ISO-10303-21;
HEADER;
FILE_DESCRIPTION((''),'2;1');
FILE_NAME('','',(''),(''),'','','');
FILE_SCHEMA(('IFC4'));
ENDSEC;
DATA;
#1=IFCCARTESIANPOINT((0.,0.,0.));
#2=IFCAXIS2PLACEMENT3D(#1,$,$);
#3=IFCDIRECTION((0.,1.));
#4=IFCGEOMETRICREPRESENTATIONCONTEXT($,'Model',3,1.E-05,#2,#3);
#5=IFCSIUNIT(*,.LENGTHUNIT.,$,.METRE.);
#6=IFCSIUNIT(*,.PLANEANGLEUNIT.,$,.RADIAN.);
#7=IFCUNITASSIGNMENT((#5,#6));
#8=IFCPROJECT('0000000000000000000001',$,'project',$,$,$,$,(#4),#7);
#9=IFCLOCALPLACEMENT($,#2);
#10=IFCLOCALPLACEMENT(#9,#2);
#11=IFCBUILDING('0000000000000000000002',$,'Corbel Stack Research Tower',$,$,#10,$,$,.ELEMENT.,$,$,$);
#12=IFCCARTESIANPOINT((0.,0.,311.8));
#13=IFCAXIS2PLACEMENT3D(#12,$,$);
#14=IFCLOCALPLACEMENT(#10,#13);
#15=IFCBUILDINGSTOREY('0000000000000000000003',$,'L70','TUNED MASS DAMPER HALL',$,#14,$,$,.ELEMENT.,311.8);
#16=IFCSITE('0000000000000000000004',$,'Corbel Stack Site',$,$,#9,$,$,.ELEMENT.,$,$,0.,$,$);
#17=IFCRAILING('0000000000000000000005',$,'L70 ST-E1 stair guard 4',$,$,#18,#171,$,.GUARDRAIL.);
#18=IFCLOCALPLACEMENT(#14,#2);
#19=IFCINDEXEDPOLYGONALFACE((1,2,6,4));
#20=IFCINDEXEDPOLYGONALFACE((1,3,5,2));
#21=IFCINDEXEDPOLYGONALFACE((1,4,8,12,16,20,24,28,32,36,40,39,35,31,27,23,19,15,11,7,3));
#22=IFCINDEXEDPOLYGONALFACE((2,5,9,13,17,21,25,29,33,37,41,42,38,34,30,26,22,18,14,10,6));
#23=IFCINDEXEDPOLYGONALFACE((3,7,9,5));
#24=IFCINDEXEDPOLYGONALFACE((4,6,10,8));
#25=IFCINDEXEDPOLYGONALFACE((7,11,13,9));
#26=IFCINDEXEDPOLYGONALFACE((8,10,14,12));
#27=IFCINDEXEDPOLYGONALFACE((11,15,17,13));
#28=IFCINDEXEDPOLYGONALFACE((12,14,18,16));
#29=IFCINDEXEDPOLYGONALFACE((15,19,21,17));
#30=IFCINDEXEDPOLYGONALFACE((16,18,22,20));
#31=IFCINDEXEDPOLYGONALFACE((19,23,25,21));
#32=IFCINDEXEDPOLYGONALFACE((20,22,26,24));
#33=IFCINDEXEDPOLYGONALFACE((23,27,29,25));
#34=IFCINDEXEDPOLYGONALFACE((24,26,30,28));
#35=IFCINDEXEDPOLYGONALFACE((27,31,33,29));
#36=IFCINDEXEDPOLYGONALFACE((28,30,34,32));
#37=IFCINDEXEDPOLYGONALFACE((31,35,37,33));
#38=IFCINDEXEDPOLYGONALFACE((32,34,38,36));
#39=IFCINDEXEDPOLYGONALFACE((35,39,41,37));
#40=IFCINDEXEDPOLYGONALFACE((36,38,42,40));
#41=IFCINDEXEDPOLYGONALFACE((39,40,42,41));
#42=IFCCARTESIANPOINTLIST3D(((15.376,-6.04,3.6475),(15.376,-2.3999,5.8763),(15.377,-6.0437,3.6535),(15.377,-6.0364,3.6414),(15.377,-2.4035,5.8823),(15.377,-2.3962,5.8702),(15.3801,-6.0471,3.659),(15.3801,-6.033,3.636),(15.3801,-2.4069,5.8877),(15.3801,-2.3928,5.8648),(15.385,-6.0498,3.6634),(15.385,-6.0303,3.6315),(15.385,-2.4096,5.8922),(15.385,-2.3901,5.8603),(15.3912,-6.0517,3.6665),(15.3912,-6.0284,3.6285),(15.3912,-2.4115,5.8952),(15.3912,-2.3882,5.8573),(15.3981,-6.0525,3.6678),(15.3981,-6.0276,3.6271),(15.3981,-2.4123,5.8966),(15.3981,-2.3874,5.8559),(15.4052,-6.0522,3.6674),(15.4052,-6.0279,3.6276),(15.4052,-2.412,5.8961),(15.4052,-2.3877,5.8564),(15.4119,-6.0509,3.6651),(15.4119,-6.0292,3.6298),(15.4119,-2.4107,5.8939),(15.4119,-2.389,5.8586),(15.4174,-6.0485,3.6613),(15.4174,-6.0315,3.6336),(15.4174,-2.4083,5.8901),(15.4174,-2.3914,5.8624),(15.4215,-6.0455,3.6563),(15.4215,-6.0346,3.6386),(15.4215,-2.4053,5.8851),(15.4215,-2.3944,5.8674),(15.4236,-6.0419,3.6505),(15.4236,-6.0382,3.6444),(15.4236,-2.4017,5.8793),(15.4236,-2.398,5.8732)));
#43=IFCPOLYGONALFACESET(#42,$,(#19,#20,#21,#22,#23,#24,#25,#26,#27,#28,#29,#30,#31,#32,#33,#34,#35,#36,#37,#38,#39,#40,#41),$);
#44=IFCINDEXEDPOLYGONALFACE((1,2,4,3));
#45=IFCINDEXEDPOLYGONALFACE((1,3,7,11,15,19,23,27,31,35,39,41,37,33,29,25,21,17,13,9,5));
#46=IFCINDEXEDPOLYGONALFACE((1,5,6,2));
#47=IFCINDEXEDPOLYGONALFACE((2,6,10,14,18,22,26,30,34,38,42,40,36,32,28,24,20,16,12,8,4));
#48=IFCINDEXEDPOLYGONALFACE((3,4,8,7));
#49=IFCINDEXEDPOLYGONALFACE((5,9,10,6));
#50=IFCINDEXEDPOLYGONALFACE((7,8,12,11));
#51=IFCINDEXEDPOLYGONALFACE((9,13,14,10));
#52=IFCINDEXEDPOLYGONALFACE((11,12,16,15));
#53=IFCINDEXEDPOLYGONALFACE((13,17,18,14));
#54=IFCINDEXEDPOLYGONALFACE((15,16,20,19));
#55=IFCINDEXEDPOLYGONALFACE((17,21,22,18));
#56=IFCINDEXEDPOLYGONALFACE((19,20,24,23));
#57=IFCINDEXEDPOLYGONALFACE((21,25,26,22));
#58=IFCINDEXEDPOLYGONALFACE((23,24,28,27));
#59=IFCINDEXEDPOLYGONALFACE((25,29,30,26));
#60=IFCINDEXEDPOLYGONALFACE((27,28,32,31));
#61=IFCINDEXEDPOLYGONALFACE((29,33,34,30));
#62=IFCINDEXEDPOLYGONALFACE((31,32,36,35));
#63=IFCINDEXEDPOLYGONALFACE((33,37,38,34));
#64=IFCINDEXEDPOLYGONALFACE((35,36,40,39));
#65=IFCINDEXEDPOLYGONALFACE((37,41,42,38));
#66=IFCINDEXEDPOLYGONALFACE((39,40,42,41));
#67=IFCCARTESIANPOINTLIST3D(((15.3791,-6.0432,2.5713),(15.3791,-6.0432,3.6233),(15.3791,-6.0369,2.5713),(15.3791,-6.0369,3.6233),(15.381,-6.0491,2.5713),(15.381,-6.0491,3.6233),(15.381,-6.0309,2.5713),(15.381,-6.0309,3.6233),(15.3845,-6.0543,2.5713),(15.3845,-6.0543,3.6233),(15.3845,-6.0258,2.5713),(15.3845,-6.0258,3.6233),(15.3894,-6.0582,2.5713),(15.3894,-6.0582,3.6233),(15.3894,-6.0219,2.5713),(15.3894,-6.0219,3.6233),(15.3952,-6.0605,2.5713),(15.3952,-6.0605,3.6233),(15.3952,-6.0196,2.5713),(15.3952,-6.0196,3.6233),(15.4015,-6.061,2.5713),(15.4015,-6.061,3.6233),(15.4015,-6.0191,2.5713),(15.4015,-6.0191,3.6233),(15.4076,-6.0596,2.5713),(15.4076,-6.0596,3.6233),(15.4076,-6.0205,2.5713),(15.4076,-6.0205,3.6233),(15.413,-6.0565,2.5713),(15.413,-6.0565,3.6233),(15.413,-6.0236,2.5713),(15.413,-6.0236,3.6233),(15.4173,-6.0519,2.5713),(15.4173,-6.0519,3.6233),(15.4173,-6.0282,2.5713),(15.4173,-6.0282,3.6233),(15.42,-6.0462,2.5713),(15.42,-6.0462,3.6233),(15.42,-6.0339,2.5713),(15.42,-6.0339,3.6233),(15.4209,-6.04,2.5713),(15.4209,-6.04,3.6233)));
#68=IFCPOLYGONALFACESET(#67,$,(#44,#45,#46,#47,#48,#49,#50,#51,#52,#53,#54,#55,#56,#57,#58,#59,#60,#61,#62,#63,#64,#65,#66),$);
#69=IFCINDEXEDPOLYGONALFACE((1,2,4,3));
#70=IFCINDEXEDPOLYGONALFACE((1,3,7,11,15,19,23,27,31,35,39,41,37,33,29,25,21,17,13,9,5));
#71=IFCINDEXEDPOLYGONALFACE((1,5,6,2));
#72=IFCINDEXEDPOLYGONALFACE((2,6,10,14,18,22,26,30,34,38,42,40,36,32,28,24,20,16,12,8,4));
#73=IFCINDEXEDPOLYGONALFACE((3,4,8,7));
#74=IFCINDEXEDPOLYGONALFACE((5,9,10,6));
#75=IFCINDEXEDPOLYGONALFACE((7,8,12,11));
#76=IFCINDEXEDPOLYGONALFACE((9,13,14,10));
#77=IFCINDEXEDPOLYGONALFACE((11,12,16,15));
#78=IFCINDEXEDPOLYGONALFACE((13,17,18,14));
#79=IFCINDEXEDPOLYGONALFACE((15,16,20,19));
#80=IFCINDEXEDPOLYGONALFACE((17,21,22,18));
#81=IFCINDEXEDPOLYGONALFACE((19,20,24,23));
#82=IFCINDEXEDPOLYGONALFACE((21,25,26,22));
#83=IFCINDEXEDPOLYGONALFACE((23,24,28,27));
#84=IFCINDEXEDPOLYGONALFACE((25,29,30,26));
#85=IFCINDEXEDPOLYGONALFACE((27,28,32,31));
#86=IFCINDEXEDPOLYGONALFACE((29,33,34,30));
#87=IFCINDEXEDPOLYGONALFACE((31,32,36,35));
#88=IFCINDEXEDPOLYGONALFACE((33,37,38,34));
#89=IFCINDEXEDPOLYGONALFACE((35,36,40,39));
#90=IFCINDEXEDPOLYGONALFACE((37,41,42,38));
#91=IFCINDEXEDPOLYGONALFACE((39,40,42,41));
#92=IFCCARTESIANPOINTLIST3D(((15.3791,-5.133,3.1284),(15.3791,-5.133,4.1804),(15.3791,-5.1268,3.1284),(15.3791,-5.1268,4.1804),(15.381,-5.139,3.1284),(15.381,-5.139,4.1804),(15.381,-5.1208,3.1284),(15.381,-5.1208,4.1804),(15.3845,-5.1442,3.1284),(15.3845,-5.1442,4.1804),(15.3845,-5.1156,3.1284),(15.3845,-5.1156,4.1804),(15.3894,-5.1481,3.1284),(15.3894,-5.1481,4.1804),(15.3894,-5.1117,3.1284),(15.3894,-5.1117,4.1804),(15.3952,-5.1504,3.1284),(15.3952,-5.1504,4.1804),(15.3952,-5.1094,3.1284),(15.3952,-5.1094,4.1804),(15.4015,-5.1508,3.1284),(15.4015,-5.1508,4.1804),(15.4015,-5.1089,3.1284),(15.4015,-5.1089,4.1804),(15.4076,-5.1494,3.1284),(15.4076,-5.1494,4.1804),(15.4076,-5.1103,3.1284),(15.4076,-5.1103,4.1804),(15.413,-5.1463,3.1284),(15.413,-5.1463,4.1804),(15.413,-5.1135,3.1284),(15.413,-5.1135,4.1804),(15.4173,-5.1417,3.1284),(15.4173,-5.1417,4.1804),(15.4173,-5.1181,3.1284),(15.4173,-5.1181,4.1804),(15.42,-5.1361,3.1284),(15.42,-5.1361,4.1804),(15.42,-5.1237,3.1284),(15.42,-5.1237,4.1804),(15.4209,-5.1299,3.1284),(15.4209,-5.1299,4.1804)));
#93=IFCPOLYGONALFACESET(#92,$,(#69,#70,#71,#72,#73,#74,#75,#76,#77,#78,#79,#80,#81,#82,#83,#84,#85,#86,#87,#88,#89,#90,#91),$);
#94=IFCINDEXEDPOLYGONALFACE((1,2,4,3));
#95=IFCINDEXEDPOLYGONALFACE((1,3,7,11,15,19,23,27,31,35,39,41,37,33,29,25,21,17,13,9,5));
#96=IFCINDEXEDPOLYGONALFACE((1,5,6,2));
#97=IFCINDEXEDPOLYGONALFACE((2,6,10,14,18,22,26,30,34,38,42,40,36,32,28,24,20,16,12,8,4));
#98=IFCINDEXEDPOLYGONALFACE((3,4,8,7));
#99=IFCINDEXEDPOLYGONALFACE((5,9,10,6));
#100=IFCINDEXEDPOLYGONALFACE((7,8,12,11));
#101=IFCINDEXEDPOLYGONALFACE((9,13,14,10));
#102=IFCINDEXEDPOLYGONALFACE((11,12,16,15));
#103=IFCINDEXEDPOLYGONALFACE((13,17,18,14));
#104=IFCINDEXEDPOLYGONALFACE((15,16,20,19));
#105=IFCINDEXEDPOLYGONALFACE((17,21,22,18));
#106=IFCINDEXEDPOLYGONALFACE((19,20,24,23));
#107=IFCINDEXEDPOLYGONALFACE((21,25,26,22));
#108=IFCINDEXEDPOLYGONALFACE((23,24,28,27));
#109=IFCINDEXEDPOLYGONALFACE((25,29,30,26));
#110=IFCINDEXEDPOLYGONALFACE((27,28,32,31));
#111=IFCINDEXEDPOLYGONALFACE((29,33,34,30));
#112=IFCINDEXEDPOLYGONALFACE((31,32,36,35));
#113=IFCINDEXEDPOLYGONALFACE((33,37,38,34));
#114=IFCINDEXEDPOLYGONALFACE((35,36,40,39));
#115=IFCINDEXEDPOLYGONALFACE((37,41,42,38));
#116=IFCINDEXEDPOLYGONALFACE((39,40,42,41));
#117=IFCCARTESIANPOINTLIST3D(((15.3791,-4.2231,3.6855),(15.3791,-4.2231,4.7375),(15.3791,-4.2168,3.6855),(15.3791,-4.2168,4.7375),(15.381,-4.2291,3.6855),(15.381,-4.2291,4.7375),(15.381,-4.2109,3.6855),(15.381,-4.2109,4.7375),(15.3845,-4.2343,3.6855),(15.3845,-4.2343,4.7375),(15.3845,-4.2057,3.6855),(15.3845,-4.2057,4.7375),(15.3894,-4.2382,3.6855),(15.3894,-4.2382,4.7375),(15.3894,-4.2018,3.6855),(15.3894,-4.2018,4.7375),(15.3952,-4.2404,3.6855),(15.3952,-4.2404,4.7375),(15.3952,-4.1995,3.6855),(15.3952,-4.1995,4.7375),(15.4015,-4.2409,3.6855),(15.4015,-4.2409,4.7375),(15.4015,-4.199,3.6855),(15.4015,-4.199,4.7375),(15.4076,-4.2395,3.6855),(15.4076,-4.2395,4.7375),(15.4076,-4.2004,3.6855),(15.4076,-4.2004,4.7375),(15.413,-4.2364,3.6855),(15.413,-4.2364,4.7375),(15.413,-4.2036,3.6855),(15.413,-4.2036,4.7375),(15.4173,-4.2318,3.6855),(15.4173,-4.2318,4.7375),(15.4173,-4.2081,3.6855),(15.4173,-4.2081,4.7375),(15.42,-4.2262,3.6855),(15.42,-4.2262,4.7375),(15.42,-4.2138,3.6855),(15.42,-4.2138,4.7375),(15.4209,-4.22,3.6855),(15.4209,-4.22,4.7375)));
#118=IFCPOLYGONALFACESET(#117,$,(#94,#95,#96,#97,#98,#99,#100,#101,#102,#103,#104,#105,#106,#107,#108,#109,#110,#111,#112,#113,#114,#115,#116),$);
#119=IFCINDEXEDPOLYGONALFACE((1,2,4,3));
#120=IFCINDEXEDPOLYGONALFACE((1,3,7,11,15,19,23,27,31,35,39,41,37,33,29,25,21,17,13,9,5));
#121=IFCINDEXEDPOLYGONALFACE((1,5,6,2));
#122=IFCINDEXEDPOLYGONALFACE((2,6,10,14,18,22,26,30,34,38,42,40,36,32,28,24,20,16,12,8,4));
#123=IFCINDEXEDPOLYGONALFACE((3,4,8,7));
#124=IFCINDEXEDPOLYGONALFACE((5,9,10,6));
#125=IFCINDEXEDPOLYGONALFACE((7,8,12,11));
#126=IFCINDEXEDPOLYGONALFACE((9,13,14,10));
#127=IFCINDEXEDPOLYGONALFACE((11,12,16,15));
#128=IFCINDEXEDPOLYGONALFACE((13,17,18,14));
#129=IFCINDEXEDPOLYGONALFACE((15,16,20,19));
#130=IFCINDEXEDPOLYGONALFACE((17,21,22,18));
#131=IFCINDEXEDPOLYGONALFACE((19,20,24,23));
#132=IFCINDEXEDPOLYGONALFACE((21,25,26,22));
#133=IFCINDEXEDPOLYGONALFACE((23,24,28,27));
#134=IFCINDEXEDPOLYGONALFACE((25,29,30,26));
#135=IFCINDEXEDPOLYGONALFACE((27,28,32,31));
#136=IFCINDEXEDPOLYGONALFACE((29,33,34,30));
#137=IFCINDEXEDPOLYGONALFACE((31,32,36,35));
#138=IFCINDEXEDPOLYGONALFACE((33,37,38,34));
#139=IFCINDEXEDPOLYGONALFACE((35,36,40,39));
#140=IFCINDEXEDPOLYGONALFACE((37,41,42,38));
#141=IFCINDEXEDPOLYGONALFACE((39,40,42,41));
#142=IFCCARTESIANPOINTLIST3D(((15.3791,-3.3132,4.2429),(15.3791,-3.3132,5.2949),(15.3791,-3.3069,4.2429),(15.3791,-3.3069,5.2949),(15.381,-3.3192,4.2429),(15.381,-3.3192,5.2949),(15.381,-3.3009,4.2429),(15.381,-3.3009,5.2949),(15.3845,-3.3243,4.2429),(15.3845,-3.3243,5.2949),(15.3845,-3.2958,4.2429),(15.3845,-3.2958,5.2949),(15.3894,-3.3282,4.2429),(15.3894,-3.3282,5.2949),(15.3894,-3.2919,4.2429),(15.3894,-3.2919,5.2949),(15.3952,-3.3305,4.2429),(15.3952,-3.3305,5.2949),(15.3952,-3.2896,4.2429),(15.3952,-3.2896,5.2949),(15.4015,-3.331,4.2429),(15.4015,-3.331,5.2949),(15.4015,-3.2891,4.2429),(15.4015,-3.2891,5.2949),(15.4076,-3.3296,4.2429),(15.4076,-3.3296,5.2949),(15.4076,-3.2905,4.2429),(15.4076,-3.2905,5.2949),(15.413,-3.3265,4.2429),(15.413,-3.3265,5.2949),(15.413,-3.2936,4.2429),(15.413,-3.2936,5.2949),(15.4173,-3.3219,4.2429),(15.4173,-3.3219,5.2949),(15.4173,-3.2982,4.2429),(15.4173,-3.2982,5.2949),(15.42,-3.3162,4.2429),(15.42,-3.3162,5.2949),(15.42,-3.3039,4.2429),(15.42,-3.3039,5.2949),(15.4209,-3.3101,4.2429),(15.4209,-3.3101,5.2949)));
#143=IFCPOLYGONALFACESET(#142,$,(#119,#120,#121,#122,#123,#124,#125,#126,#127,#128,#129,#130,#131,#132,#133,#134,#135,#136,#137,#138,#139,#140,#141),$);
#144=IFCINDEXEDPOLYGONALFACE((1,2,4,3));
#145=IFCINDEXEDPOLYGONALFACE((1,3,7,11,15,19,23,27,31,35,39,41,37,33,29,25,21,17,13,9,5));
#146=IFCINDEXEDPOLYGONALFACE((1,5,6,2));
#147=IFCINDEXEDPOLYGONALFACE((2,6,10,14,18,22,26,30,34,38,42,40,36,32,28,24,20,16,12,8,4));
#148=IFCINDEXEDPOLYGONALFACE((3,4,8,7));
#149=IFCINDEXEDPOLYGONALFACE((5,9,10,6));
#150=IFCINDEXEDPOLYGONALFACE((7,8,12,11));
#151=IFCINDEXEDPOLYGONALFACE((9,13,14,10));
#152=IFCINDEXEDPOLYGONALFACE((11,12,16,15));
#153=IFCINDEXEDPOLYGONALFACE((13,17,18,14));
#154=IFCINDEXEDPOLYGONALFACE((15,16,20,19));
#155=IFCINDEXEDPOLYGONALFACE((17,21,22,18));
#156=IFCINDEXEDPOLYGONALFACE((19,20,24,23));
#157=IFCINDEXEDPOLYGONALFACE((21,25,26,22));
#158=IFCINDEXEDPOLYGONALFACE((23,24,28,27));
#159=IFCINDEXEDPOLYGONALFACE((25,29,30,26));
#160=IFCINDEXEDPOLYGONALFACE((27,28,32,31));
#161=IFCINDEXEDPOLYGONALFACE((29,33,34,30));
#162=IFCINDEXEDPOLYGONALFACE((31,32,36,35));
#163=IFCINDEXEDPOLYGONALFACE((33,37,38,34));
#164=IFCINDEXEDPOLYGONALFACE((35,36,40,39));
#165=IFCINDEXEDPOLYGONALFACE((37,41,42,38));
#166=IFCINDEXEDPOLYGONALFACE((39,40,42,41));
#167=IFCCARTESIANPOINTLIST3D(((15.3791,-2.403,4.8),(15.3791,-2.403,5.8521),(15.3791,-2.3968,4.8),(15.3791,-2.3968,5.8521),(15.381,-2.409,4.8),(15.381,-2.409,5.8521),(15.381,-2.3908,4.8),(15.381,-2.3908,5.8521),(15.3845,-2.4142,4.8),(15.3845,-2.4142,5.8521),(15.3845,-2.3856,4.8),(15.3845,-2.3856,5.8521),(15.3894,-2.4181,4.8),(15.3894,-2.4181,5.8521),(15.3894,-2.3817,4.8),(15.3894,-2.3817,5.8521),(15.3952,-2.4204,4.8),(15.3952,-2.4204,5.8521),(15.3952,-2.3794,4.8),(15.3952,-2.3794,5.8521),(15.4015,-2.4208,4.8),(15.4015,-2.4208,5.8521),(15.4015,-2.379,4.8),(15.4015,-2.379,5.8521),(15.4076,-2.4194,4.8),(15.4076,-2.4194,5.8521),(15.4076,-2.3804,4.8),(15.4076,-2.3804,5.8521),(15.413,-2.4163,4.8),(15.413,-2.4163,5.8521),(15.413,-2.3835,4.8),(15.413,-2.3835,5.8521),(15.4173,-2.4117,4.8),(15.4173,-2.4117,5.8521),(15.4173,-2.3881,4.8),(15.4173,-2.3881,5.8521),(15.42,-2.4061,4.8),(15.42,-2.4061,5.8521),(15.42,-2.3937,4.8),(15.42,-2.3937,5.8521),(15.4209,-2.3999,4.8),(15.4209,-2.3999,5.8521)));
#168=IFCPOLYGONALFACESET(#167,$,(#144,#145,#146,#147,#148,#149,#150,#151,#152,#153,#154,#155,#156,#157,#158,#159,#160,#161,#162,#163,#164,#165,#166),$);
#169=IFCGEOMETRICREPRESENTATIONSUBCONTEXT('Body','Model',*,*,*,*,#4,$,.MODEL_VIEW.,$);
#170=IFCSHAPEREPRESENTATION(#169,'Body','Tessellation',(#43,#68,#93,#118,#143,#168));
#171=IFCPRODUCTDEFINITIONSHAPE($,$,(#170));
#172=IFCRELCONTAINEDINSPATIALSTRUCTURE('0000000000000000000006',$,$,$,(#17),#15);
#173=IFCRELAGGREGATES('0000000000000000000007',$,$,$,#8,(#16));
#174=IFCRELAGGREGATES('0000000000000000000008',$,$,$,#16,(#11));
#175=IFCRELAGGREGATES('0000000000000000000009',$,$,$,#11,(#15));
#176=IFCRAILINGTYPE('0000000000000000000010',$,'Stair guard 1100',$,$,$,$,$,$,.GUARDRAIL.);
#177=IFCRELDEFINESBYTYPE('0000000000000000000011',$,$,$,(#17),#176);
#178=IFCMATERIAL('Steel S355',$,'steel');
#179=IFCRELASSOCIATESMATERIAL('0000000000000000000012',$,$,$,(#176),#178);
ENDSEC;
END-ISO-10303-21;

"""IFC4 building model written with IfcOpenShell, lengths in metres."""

from ifc_helpers import new_model, si_unit, direction, frame, origin, origin_2d, place, context, subcontext, project, spatial, circle, extrude, material, type_object, element, save


model = new_model("IFC4")

# Units and contexts
model_context = context("Model", 3, precision=1e-05, world=origin(), true_north=direction((0.0, 1.0)))
body_context = subcontext(model_context, "Body", "Model", "MODEL_VIEW")
ifc_project = project(units=[si_unit("LENGTHUNIT", "METRE"), si_unit("PLANEANGLEUNIT", "RADIAN")], contexts=[model_context])

# Site, building, storey
site_placement = place(None, origin())
site = spatial("IfcSite", under=ifc_project, at=site_placement, Name="Corbel Stack Site", CompositionType="ELEMENT", RefElevation=0.0)
building_placement = place(site_placement, origin())
building = spatial("IfcBuilding", under=site, at=building_placement, Name="Corbel Stack Research Tower", CompositionType="ELEMENT")
storey_placement = place(building_placement, frame((0.0, 0.0, 311.8)))
storey = spatial("IfcBuildingStorey", under=building, at=storey_placement, Name="L70", Description="TUNED MASS DAMPER HALL", CompositionType="ELEMENT", Elevation=311.8)

# Railing
ifc_material_1 = material(Name="Steel S355", Category="steel")
railing_type_1 = type_object("IfcRailingType", Name="Stair guard 1100", PredefinedType="GUARDRAIL", material=ifc_material_1)
railing_1_placement = place(storey_placement, frame((15.3999, -6.04, 2.5713)))
element("IfcRailing", 1, at=railing_1_placement, inside=storey, type_object=railing_type_1, Name="L70 ST-E1 stair guard 4", PredefinedType="GUARDRAIL", context=body_context, shape_type="SweptSolid", body=[
    extrude(circle(Radius=0.0239, at=origin_2d()), frame((0.0, 0.0, 1.0762), z_axis=(0.0, 0.85284, 0.522172), x_axis=(-1.0, 0.0, 0.0)), (0.0, 0.0, 1.0), 4.2683),
    extrude(circle(Radius=0.021, at=origin_2d()), origin(), (0.0, 0.0, 1.0), 1.052),
    extrude(circle(Radius=0.021, at=origin_2d()), frame((0.0, 0.9102, 0.5571)), (0.0, 0.0, 1.0), 1.052),
    extrude(circle(Radius=0.021, at=origin_2d()), frame((0.0, 1.8201, 1.1143)), (0.0, 0.0, 1.0), 1.052),
    extrude(circle(Radius=0.021, at=origin_2d()), frame((0.0, 2.73, 1.6716)), (0.0, 0.0, 1.0), 1.052),
    extrude(circle(Radius=0.021, at=origin_2d()), frame((0.0, 3.6401, 2.2288)), (0.0, 0.0, 1.0), 1.052),
])

save(model, "model.ifc")
